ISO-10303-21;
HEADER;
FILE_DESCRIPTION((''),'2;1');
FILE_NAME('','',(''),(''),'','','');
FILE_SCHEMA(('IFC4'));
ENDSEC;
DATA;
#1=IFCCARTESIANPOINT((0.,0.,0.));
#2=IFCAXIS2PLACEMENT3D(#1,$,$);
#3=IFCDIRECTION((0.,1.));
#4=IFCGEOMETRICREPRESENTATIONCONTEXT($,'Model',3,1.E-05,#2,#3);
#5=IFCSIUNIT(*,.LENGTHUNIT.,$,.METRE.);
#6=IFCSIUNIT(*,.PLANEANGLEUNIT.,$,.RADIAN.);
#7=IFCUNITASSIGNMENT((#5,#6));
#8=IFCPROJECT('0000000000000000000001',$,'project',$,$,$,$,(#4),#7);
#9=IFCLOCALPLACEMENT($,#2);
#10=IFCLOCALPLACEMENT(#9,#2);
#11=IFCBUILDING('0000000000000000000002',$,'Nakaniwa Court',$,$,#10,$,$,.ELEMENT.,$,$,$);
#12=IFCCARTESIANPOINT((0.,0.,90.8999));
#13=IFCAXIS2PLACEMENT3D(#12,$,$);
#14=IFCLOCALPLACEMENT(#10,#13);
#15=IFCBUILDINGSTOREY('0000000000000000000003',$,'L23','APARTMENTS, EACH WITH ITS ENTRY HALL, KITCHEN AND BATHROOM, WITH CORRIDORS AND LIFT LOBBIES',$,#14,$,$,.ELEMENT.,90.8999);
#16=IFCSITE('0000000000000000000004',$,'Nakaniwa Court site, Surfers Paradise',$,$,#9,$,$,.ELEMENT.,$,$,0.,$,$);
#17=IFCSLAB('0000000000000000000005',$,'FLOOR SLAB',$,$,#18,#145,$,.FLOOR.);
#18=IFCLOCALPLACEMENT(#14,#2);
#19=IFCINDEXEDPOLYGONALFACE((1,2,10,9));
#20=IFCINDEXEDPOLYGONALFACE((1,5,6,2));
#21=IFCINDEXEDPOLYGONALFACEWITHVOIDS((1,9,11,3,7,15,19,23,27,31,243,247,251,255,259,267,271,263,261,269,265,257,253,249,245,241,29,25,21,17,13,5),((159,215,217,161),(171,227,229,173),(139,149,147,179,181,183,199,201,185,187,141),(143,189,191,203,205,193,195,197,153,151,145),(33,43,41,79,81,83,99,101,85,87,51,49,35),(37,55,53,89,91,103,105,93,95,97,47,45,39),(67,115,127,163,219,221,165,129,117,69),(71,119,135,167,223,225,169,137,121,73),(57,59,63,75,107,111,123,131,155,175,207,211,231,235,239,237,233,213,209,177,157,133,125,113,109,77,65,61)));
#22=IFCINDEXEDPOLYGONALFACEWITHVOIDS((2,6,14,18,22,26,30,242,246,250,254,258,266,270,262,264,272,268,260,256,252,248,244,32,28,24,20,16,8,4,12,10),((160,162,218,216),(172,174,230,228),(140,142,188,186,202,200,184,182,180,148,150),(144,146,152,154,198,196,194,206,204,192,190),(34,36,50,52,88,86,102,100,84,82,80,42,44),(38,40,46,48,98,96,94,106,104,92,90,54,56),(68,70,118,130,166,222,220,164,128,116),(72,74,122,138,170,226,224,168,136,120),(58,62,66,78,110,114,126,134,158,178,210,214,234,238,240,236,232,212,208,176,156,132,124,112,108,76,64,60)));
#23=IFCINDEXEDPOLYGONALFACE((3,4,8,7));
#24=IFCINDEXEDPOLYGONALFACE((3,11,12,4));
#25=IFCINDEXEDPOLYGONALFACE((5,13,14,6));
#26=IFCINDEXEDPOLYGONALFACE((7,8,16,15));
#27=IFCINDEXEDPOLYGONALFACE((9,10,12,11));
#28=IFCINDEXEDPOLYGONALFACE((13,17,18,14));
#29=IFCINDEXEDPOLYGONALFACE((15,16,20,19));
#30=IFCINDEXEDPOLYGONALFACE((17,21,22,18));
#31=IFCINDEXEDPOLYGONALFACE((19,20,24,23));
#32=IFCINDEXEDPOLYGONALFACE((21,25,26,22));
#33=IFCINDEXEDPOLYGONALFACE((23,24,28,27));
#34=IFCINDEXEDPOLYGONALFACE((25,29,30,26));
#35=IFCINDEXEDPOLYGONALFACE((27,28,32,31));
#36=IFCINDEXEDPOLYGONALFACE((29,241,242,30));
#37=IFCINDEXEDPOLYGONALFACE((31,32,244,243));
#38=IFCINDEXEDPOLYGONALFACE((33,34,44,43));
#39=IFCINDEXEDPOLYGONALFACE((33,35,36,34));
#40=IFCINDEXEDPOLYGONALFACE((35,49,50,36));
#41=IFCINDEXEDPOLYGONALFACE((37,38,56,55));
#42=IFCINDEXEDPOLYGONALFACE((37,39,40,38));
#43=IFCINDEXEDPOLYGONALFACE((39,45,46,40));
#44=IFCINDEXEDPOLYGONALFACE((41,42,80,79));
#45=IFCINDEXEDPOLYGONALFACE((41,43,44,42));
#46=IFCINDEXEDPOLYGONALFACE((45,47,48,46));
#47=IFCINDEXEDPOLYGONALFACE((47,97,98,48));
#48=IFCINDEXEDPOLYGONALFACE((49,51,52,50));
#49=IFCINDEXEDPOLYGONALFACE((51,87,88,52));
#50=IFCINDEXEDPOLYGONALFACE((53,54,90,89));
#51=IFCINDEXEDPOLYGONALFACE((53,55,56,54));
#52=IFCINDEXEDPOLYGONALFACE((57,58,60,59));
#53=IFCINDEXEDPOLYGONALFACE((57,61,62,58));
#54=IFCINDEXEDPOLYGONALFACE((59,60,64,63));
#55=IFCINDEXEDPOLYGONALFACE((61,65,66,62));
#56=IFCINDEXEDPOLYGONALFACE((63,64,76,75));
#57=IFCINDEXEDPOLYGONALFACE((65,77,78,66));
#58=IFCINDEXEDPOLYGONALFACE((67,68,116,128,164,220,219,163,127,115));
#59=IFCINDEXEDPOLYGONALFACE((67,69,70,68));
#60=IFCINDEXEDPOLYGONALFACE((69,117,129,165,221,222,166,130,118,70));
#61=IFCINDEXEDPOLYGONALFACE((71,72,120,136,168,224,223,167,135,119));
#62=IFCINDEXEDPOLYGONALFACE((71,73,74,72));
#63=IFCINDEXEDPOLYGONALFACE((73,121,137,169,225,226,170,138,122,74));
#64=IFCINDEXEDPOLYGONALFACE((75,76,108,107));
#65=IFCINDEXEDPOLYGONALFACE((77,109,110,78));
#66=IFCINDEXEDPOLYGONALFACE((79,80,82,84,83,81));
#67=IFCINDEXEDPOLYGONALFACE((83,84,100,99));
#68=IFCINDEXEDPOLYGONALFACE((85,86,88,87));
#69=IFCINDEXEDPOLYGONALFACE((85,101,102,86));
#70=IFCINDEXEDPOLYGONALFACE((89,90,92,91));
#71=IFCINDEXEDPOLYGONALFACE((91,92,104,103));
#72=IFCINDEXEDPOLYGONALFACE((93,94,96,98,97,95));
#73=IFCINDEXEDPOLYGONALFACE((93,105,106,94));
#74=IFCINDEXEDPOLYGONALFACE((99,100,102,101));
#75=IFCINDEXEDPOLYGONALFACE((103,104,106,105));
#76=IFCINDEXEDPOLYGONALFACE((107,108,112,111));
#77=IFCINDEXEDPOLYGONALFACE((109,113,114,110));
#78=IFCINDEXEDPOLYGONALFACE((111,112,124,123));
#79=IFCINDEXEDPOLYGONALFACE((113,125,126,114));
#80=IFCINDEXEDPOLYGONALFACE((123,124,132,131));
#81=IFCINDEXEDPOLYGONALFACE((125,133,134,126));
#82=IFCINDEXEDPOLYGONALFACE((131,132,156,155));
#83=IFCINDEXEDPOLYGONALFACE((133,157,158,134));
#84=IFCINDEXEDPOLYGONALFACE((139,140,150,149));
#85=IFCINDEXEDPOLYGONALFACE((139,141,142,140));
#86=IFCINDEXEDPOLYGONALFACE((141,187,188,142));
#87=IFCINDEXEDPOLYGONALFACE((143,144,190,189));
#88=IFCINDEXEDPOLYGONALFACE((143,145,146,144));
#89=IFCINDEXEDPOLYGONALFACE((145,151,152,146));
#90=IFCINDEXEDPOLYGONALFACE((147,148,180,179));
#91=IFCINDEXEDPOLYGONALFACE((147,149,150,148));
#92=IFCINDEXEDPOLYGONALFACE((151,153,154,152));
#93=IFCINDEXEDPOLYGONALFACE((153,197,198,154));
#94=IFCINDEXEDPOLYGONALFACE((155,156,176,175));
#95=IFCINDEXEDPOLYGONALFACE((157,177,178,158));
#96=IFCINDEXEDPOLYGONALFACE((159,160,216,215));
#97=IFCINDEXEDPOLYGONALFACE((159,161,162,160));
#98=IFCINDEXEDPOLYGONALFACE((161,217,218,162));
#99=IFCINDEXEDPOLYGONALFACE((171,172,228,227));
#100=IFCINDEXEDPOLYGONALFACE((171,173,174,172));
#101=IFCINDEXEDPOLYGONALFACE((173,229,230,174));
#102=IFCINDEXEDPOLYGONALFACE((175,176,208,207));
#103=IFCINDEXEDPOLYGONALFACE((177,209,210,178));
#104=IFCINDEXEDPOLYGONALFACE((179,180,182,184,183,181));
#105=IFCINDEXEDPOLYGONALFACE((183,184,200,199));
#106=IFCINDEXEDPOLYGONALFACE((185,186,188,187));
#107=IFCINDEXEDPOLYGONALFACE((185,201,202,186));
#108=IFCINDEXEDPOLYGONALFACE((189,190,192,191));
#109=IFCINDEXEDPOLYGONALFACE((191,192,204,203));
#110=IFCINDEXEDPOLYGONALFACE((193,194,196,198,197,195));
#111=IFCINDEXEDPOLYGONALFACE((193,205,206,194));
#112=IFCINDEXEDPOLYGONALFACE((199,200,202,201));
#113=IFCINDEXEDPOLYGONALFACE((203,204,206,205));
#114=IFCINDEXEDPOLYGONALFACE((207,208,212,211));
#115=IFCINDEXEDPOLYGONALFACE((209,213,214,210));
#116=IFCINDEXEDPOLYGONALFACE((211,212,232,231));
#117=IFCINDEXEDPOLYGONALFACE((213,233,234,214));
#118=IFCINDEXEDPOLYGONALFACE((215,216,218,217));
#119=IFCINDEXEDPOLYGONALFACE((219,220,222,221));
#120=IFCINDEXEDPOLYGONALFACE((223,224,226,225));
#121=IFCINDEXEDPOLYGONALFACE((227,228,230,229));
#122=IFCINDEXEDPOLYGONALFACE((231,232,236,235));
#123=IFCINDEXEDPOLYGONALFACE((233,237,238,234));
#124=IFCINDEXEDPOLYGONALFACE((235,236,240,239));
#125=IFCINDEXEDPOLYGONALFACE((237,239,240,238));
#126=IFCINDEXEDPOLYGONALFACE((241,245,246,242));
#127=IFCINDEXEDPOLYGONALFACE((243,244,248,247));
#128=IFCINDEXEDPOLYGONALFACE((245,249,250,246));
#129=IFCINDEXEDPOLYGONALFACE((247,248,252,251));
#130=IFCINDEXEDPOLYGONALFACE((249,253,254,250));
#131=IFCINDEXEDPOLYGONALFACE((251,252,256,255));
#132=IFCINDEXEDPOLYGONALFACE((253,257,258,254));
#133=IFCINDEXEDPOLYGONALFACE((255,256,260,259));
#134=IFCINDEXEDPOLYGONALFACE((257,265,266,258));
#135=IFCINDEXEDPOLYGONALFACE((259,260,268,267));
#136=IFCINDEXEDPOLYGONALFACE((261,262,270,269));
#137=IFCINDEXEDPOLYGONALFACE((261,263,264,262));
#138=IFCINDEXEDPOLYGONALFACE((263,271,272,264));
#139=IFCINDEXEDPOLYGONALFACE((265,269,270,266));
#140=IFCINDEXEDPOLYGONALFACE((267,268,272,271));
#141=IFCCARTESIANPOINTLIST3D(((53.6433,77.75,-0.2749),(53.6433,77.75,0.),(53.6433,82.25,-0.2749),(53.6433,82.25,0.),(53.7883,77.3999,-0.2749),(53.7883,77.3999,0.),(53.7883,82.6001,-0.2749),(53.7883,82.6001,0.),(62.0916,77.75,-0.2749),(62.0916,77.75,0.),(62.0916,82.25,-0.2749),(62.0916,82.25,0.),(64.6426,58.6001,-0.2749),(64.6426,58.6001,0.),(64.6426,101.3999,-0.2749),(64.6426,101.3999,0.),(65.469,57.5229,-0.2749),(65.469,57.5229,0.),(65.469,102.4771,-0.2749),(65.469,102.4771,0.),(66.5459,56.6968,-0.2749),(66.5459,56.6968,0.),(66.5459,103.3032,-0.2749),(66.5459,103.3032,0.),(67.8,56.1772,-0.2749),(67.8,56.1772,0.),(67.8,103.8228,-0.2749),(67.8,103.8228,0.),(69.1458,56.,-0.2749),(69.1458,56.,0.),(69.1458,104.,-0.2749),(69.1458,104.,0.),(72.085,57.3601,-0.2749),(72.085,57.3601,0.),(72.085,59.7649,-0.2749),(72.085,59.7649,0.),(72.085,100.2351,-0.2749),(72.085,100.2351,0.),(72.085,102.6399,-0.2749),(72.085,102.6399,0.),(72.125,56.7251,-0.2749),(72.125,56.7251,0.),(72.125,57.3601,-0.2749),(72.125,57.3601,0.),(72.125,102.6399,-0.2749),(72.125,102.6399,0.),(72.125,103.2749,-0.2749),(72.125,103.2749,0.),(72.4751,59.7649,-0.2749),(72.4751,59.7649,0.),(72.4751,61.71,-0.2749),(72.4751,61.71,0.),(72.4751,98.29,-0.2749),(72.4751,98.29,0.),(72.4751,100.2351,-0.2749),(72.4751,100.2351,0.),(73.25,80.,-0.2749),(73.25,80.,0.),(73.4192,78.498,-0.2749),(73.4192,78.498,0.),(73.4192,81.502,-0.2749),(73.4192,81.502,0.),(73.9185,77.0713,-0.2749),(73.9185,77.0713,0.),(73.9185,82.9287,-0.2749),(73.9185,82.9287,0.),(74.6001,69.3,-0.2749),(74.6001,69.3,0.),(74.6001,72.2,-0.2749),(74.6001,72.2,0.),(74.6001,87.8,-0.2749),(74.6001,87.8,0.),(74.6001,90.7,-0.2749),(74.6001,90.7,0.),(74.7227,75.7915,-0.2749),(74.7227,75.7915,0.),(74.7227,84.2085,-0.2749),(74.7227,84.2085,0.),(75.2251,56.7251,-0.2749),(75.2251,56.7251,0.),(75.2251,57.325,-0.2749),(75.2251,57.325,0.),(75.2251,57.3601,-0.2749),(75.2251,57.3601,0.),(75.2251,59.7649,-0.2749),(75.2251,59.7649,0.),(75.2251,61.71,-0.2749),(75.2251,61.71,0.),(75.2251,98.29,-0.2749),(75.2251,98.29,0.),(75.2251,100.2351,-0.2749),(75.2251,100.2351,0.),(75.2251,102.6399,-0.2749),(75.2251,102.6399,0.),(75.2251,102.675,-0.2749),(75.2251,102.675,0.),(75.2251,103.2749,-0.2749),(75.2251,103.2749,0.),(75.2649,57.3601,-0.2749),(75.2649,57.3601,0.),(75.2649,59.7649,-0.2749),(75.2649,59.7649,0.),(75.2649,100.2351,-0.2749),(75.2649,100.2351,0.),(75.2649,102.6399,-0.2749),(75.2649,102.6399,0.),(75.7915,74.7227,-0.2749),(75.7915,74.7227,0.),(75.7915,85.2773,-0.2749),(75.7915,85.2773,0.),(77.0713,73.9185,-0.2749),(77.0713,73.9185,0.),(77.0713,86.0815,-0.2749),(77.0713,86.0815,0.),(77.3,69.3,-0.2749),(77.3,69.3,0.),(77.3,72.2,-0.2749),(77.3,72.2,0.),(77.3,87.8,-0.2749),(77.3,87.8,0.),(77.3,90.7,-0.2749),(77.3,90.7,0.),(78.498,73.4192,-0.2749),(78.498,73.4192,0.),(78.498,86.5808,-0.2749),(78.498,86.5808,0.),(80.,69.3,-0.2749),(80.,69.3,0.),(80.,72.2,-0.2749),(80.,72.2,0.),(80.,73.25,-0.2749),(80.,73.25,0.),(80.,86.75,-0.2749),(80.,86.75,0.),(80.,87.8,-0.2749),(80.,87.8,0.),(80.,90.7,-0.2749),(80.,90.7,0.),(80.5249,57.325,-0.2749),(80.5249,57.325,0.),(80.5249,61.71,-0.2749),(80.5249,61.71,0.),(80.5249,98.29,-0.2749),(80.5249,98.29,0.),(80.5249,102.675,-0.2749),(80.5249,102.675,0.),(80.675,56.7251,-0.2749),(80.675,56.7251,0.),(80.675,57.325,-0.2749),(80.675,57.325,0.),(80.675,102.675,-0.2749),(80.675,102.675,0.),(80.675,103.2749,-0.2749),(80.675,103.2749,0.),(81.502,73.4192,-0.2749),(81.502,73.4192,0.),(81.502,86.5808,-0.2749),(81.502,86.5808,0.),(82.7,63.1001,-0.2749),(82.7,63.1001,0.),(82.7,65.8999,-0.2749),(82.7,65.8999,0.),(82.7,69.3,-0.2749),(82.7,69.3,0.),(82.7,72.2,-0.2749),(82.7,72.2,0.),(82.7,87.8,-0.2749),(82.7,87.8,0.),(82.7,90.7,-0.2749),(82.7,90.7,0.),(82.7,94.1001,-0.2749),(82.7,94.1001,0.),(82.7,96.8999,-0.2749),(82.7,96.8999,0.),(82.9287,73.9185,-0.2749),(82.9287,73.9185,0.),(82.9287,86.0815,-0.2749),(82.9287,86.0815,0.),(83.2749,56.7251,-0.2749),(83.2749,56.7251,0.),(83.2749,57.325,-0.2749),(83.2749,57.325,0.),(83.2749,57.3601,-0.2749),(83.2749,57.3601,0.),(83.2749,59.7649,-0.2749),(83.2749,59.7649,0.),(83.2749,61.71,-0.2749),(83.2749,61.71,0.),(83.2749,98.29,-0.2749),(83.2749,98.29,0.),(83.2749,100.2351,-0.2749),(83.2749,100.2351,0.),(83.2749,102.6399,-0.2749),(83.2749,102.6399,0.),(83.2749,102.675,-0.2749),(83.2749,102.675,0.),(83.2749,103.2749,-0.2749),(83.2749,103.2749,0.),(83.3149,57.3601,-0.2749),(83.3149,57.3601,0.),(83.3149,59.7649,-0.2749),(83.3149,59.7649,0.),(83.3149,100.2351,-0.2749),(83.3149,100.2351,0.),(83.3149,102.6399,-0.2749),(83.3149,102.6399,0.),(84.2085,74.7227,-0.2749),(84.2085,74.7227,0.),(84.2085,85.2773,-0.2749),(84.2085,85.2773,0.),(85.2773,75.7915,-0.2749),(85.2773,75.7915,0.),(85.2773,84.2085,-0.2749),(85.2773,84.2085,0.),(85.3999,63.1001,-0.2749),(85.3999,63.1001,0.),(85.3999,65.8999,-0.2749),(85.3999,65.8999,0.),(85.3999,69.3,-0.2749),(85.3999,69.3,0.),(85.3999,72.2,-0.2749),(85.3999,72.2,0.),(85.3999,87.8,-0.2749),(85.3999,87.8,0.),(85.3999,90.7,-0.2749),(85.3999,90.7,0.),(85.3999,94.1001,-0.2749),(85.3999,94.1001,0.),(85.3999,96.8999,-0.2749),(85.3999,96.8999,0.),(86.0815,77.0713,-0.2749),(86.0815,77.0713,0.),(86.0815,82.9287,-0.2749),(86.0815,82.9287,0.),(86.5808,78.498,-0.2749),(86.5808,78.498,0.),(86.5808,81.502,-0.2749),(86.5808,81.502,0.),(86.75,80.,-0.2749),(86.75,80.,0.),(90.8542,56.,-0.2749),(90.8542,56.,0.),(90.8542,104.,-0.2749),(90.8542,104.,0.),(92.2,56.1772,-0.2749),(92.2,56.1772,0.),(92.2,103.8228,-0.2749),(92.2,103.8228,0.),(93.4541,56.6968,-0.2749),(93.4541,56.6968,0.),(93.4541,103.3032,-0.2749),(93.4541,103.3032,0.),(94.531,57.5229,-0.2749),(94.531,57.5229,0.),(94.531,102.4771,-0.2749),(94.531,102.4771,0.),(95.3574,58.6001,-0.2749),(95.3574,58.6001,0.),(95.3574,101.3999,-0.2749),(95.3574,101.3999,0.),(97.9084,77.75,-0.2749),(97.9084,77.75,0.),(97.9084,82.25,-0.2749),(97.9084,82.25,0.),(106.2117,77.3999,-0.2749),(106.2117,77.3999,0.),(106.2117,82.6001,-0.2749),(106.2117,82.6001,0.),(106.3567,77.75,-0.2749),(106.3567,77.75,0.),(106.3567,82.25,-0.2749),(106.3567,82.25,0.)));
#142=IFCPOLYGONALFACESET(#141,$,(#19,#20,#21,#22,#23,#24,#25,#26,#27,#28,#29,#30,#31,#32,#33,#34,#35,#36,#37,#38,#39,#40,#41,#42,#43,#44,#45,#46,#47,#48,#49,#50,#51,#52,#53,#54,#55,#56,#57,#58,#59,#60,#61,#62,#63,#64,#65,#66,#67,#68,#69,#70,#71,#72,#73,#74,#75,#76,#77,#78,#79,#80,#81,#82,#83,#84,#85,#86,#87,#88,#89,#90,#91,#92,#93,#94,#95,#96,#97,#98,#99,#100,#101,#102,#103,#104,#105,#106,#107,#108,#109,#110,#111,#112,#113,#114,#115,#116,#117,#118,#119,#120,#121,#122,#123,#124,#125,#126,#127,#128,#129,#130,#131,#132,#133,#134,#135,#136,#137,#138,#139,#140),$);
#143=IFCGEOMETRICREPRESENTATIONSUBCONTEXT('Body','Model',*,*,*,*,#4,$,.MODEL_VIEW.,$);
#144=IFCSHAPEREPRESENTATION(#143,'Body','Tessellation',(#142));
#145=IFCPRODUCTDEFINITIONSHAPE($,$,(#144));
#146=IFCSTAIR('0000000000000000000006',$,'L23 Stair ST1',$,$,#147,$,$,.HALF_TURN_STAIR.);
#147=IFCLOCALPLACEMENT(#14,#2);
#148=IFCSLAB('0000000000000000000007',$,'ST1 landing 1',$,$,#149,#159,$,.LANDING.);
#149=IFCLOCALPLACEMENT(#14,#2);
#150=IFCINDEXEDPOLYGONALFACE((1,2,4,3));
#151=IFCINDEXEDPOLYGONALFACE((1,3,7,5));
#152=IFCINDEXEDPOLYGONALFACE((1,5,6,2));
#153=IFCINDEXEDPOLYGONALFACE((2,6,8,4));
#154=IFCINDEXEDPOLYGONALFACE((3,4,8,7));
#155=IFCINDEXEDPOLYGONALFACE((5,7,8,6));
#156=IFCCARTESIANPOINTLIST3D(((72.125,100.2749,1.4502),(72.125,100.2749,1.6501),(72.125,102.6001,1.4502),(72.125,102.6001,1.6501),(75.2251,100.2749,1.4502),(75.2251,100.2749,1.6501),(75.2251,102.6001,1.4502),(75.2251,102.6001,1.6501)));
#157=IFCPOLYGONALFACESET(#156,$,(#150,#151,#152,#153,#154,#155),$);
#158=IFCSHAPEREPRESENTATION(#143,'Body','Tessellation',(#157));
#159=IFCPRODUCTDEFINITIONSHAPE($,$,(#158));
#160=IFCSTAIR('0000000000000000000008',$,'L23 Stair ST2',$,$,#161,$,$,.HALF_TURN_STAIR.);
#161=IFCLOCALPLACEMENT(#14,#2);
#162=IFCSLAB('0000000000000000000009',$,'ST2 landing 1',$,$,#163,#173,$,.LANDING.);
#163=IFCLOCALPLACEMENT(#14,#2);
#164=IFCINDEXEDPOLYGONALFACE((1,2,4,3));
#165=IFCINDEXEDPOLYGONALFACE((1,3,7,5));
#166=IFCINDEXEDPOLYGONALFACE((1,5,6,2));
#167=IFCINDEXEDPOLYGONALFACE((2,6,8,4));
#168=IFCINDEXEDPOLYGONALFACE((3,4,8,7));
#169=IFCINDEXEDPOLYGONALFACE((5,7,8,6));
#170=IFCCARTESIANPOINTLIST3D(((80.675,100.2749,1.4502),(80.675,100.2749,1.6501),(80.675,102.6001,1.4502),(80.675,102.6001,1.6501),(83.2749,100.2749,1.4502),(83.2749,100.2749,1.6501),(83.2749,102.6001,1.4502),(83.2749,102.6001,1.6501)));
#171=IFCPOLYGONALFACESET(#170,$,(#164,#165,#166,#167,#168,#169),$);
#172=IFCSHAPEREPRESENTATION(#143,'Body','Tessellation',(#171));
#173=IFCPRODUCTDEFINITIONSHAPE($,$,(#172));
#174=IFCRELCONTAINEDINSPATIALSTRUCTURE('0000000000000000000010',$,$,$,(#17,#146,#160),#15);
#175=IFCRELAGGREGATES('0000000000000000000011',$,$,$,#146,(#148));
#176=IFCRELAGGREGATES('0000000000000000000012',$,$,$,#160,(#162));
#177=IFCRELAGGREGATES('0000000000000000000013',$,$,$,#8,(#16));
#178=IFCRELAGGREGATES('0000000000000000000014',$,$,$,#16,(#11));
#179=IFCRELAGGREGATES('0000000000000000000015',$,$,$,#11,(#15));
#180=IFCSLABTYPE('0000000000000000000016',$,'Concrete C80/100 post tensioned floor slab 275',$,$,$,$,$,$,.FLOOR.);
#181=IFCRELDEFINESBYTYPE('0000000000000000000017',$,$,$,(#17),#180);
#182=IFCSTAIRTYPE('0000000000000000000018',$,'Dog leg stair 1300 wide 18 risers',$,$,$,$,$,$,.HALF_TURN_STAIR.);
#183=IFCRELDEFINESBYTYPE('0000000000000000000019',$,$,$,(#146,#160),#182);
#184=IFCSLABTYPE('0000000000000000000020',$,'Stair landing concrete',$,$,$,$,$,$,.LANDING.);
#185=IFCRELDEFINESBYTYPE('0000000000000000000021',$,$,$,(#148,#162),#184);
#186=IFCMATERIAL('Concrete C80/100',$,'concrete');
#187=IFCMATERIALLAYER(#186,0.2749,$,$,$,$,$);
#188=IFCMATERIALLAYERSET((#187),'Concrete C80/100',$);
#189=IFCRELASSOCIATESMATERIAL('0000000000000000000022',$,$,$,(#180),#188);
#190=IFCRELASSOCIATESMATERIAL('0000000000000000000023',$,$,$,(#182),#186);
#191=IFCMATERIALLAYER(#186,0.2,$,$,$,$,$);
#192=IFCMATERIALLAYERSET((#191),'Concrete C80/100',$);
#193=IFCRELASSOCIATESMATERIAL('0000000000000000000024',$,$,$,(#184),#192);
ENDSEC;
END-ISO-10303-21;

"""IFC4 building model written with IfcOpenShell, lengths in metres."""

from ifc_helpers import new_model, si_unit, direction, frame, origin, place, context, subcontext, project, spatial, polyline, outline, extrude, material, layer, layer_set, type_object, element, aggregate, save


model = new_model("IFC4")

# Units and contexts
model_context = context("Model", 3, precision=1e-05, world=origin(), true_north=direction((0.0, 1.0)))
body_context = subcontext(model_context, "Body", "Model", "MODEL_VIEW")
ifc_project = project(units=[si_unit("LENGTHUNIT", "METRE"), si_unit("PLANEANGLEUNIT", "RADIAN")], contexts=[model_context])

# Site, building, storey
site_placement = place(None, origin())
site = spatial("IfcSite", under=ifc_project, at=site_placement, Name="Nakaniwa Court site, Surfers Paradise", CompositionType="ELEMENT", RefElevation=0.0)
building_placement = place(site_placement, origin())
building = spatial("IfcBuilding", under=site, at=building_placement, Name="Nakaniwa Court", CompositionType="ELEMENT")
storey_placement = place(building_placement, frame((0.0, 0.0, 90.8999)))
storey = spatial("IfcBuildingStorey", under=building, at=storey_placement, Name="L23", Description="APARTMENTS, EACH WITH ITS ENTRY HALL, KITCHEN AND BATHROOM, WITH CORRIDORS AND LIFT LOBBIES", CompositionType="ELEMENT", Elevation=90.8999)

# Shared definitions
ifc_material_1 = material(Name="Concrete C80/100", Category="concrete")

# Slab
ifc_layer_1 = layer(ifc_material_1, 0.2749)
ifc_layer_set_1 = layer_set([ifc_layer_1], Name="Concrete C80/100")
slab_type_1 = type_object("IfcSlabType", Name="Concrete C80/100 post tensioned floor slab 275", PredefinedType="FLOOR", material=ifc_layer_set_1)
slab_1_placement = place(storey_placement, frame((0.0, 0.0, -0.2749)))
element("IfcSlab", 1, at=slab_1_placement, inside=storey, type_object=slab_type_1, Name="FLOOR SLAB", PredefinedType="FLOOR", context=body_context, shape_type="SweptSolid", body=[
    extrude(outline(polyline([(97.9084, 82.25), (106.3567, 82.25), (106.2117, 82.6001), (95.3574, 101.3999), (94.531, 102.4771), (93.4541, 103.3032), (92.2, 103.8228), (90.8542, 104.0), (69.1458, 104.0), (67.8, 103.8228), (66.5459, 103.3032), (65.469, 102.4771), (64.6426, 101.3999), (53.7883, 82.6001), (53.6433, 82.25), (62.0916, 82.25), (62.0916, 77.75), (53.6433, 77.75), (53.7883, 77.3999), (64.6426, 58.6001), (65.469, 57.5229), (66.5459, 56.6968), (67.8, 56.1772), (69.1458, 56.0), (90.8542, 56.0), (92.2, 56.1772), (93.4541, 56.6968), (94.531, 57.5229), (95.3574, 58.6001), (106.2117, 77.3999), (106.3567, 77.75), (97.9084, 77.75), (97.9084, 82.25)]), holes=[polyline([(81.502, 86.5808), (80.0, 86.75), (78.498, 86.5808), (77.0713, 86.0815), (75.7915, 85.2773), (74.7227, 84.2085), (73.9185, 82.9287), (73.4192, 81.502), (73.25, 80.0), (73.4192, 78.498), (73.9185, 77.0713), (74.7227, 75.7915), (75.7915, 74.7227), (77.0713, 73.9185), (78.498, 73.4192), (80.0, 73.25), (81.502, 73.4192), (82.9287, 73.9185), (84.2085, 74.7227), (85.2773, 75.7915), (86.0815, 77.0713), (86.5808, 78.498), (86.75, 80.0), (86.5808, 81.502), (86.0815, 82.9287), (85.2773, 84.2085), (84.2085, 85.2773), (82.9287, 86.0815), (81.502, 86.5808)]), polyline([(75.2649, 57.3601), (75.2649, 59.7649), (75.2251, 59.7649), (75.2251, 61.71), (72.4751, 61.71), (72.4751, 59.7649), (72.085, 59.7649), (72.085, 57.3601), (72.125, 57.3601), (72.125, 56.7251), (75.2251, 56.7251), (75.2251, 57.325), (75.2251, 57.3601), (75.2649, 57.3601)]), polyline([(80.0, 69.3), (82.7, 69.3), (85.3999, 69.3), (85.3999, 72.2), (82.7, 72.2), (80.0, 72.2), (77.3, 72.2), (74.6001, 72.2), (74.6001, 69.3), (77.3, 69.3), (80.0, 69.3)]), polyline([(80.0, 87.8), (82.7, 87.8), (85.3999, 87.8), (85.3999, 90.7), (82.7, 90.7), (80.0, 90.7), (77.3, 90.7), (74.6001, 90.7), (74.6001, 87.8), (77.3, 87.8), (80.0, 87.8)]), polyline([(75.2649, 100.2351), (75.2649, 102.6399), (75.2251, 102.6399), (75.2251, 102.675), (75.2251, 103.2749), (72.125, 103.2749), (72.125, 102.6399), (72.085, 102.6399), (72.085, 100.2351), (72.4751, 100.2351), (72.4751, 98.29), (75.2251, 98.29), (75.2251, 100.2351), (75.2649, 100.2351)]), polyline([(83.2749, 61.71), (80.5249, 61.71), (80.5249, 57.325), (80.675, 57.325), (80.675, 56.7251), (83.2749, 56.7251), (83.2749, 57.325), (83.2749, 57.3601), (83.3149, 57.3601), (83.3149, 59.7649), (83.2749, 59.7649), (83.2749, 61.71)]), polyline([(85.3999, 65.8999), (82.7, 65.8999), (82.7, 63.1001), (85.3999, 63.1001), (85.3999, 65.8999)]), polyline([(85.3999, 96.8999), (82.7, 96.8999), (82.7, 94.1001), (85.3999, 94.1001), (85.3999, 96.8999)]), polyline([(83.2749, 100.2351), (83.3149, 100.2351), (83.3149, 102.6399), (83.2749, 102.6399), (83.2749, 102.675), (83.2749, 103.2749), (80.675, 103.2749), (80.675, 102.675), (80.5249, 102.675), (80.5249, 98.29), (83.2749, 98.29), (83.2749, 100.2351)])]), origin(), (0.0, 0.0, 1.0), 0.2749),
])

# Stairs, slabs
stair_type = type_object("IfcStairType", Name="Dog leg stair 1300 wide 18 risers", PredefinedType="HALF_TURN_STAIR", material=ifc_material_1)
stair_1_placement = place(storey_placement, origin())
stair_1 = element("IfcStair", 2, at=stair_1_placement, inside=storey, type_object=stair_type, Name="L23 Stair ST1", PredefinedType="HALF_TURN_STAIR")
ifc_layer_2 = layer(ifc_material_1, 0.2)
ifc_layer_set_2 = layer_set([ifc_layer_2], Name="Concrete C80/100")
slab_type_2 = type_object("IfcSlabType", Name="Stair landing concrete", PredefinedType="LANDING", material=ifc_layer_set_2)
slab_2_placement = place(storey_placement, frame((0.0, 0.0, 1.4502)))
slab_2 = element("IfcSlab", 3, at=slab_2_placement, type_object=slab_type_2, Name="ST1 landing 1", PredefinedType="LANDING", context=body_context, shape_type="SweptSolid", body=[
    extrude(outline(polyline([(75.2251, 100.2749), (75.2251, 102.6001), (72.125, 102.6001), (72.125, 100.2749), (75.2251, 100.2749)])), origin(), (0.0, 0.0, 1.0), 0.2),
])
aggregate(stair_1, [slab_2])
stair_2_placement = place(storey_placement, origin())
stair_2 = element("IfcStair", 4, at=stair_2_placement, inside=storey, type_object=stair_type, Name="L23 Stair ST2", PredefinedType="HALF_TURN_STAIR")
slab_3_placement = place(storey_placement, frame((0.0, 0.0, 1.4502)))
slab_3 = element("IfcSlab", 5, at=slab_3_placement, type_object=slab_type_2, Name="ST2 landing 1", PredefinedType="LANDING", context=body_context, shape_type="SweptSolid", body=[
    extrude(outline(polyline([(83.2749, 100.2749), (83.2749, 102.6001), (80.675, 102.6001), (80.675, 100.2749), (83.2749, 100.2749)])), origin(), (0.0, 0.0, 1.0), 0.2),
])
aggregate(stair_2, [slab_3])

save(model, "model.ifc")
